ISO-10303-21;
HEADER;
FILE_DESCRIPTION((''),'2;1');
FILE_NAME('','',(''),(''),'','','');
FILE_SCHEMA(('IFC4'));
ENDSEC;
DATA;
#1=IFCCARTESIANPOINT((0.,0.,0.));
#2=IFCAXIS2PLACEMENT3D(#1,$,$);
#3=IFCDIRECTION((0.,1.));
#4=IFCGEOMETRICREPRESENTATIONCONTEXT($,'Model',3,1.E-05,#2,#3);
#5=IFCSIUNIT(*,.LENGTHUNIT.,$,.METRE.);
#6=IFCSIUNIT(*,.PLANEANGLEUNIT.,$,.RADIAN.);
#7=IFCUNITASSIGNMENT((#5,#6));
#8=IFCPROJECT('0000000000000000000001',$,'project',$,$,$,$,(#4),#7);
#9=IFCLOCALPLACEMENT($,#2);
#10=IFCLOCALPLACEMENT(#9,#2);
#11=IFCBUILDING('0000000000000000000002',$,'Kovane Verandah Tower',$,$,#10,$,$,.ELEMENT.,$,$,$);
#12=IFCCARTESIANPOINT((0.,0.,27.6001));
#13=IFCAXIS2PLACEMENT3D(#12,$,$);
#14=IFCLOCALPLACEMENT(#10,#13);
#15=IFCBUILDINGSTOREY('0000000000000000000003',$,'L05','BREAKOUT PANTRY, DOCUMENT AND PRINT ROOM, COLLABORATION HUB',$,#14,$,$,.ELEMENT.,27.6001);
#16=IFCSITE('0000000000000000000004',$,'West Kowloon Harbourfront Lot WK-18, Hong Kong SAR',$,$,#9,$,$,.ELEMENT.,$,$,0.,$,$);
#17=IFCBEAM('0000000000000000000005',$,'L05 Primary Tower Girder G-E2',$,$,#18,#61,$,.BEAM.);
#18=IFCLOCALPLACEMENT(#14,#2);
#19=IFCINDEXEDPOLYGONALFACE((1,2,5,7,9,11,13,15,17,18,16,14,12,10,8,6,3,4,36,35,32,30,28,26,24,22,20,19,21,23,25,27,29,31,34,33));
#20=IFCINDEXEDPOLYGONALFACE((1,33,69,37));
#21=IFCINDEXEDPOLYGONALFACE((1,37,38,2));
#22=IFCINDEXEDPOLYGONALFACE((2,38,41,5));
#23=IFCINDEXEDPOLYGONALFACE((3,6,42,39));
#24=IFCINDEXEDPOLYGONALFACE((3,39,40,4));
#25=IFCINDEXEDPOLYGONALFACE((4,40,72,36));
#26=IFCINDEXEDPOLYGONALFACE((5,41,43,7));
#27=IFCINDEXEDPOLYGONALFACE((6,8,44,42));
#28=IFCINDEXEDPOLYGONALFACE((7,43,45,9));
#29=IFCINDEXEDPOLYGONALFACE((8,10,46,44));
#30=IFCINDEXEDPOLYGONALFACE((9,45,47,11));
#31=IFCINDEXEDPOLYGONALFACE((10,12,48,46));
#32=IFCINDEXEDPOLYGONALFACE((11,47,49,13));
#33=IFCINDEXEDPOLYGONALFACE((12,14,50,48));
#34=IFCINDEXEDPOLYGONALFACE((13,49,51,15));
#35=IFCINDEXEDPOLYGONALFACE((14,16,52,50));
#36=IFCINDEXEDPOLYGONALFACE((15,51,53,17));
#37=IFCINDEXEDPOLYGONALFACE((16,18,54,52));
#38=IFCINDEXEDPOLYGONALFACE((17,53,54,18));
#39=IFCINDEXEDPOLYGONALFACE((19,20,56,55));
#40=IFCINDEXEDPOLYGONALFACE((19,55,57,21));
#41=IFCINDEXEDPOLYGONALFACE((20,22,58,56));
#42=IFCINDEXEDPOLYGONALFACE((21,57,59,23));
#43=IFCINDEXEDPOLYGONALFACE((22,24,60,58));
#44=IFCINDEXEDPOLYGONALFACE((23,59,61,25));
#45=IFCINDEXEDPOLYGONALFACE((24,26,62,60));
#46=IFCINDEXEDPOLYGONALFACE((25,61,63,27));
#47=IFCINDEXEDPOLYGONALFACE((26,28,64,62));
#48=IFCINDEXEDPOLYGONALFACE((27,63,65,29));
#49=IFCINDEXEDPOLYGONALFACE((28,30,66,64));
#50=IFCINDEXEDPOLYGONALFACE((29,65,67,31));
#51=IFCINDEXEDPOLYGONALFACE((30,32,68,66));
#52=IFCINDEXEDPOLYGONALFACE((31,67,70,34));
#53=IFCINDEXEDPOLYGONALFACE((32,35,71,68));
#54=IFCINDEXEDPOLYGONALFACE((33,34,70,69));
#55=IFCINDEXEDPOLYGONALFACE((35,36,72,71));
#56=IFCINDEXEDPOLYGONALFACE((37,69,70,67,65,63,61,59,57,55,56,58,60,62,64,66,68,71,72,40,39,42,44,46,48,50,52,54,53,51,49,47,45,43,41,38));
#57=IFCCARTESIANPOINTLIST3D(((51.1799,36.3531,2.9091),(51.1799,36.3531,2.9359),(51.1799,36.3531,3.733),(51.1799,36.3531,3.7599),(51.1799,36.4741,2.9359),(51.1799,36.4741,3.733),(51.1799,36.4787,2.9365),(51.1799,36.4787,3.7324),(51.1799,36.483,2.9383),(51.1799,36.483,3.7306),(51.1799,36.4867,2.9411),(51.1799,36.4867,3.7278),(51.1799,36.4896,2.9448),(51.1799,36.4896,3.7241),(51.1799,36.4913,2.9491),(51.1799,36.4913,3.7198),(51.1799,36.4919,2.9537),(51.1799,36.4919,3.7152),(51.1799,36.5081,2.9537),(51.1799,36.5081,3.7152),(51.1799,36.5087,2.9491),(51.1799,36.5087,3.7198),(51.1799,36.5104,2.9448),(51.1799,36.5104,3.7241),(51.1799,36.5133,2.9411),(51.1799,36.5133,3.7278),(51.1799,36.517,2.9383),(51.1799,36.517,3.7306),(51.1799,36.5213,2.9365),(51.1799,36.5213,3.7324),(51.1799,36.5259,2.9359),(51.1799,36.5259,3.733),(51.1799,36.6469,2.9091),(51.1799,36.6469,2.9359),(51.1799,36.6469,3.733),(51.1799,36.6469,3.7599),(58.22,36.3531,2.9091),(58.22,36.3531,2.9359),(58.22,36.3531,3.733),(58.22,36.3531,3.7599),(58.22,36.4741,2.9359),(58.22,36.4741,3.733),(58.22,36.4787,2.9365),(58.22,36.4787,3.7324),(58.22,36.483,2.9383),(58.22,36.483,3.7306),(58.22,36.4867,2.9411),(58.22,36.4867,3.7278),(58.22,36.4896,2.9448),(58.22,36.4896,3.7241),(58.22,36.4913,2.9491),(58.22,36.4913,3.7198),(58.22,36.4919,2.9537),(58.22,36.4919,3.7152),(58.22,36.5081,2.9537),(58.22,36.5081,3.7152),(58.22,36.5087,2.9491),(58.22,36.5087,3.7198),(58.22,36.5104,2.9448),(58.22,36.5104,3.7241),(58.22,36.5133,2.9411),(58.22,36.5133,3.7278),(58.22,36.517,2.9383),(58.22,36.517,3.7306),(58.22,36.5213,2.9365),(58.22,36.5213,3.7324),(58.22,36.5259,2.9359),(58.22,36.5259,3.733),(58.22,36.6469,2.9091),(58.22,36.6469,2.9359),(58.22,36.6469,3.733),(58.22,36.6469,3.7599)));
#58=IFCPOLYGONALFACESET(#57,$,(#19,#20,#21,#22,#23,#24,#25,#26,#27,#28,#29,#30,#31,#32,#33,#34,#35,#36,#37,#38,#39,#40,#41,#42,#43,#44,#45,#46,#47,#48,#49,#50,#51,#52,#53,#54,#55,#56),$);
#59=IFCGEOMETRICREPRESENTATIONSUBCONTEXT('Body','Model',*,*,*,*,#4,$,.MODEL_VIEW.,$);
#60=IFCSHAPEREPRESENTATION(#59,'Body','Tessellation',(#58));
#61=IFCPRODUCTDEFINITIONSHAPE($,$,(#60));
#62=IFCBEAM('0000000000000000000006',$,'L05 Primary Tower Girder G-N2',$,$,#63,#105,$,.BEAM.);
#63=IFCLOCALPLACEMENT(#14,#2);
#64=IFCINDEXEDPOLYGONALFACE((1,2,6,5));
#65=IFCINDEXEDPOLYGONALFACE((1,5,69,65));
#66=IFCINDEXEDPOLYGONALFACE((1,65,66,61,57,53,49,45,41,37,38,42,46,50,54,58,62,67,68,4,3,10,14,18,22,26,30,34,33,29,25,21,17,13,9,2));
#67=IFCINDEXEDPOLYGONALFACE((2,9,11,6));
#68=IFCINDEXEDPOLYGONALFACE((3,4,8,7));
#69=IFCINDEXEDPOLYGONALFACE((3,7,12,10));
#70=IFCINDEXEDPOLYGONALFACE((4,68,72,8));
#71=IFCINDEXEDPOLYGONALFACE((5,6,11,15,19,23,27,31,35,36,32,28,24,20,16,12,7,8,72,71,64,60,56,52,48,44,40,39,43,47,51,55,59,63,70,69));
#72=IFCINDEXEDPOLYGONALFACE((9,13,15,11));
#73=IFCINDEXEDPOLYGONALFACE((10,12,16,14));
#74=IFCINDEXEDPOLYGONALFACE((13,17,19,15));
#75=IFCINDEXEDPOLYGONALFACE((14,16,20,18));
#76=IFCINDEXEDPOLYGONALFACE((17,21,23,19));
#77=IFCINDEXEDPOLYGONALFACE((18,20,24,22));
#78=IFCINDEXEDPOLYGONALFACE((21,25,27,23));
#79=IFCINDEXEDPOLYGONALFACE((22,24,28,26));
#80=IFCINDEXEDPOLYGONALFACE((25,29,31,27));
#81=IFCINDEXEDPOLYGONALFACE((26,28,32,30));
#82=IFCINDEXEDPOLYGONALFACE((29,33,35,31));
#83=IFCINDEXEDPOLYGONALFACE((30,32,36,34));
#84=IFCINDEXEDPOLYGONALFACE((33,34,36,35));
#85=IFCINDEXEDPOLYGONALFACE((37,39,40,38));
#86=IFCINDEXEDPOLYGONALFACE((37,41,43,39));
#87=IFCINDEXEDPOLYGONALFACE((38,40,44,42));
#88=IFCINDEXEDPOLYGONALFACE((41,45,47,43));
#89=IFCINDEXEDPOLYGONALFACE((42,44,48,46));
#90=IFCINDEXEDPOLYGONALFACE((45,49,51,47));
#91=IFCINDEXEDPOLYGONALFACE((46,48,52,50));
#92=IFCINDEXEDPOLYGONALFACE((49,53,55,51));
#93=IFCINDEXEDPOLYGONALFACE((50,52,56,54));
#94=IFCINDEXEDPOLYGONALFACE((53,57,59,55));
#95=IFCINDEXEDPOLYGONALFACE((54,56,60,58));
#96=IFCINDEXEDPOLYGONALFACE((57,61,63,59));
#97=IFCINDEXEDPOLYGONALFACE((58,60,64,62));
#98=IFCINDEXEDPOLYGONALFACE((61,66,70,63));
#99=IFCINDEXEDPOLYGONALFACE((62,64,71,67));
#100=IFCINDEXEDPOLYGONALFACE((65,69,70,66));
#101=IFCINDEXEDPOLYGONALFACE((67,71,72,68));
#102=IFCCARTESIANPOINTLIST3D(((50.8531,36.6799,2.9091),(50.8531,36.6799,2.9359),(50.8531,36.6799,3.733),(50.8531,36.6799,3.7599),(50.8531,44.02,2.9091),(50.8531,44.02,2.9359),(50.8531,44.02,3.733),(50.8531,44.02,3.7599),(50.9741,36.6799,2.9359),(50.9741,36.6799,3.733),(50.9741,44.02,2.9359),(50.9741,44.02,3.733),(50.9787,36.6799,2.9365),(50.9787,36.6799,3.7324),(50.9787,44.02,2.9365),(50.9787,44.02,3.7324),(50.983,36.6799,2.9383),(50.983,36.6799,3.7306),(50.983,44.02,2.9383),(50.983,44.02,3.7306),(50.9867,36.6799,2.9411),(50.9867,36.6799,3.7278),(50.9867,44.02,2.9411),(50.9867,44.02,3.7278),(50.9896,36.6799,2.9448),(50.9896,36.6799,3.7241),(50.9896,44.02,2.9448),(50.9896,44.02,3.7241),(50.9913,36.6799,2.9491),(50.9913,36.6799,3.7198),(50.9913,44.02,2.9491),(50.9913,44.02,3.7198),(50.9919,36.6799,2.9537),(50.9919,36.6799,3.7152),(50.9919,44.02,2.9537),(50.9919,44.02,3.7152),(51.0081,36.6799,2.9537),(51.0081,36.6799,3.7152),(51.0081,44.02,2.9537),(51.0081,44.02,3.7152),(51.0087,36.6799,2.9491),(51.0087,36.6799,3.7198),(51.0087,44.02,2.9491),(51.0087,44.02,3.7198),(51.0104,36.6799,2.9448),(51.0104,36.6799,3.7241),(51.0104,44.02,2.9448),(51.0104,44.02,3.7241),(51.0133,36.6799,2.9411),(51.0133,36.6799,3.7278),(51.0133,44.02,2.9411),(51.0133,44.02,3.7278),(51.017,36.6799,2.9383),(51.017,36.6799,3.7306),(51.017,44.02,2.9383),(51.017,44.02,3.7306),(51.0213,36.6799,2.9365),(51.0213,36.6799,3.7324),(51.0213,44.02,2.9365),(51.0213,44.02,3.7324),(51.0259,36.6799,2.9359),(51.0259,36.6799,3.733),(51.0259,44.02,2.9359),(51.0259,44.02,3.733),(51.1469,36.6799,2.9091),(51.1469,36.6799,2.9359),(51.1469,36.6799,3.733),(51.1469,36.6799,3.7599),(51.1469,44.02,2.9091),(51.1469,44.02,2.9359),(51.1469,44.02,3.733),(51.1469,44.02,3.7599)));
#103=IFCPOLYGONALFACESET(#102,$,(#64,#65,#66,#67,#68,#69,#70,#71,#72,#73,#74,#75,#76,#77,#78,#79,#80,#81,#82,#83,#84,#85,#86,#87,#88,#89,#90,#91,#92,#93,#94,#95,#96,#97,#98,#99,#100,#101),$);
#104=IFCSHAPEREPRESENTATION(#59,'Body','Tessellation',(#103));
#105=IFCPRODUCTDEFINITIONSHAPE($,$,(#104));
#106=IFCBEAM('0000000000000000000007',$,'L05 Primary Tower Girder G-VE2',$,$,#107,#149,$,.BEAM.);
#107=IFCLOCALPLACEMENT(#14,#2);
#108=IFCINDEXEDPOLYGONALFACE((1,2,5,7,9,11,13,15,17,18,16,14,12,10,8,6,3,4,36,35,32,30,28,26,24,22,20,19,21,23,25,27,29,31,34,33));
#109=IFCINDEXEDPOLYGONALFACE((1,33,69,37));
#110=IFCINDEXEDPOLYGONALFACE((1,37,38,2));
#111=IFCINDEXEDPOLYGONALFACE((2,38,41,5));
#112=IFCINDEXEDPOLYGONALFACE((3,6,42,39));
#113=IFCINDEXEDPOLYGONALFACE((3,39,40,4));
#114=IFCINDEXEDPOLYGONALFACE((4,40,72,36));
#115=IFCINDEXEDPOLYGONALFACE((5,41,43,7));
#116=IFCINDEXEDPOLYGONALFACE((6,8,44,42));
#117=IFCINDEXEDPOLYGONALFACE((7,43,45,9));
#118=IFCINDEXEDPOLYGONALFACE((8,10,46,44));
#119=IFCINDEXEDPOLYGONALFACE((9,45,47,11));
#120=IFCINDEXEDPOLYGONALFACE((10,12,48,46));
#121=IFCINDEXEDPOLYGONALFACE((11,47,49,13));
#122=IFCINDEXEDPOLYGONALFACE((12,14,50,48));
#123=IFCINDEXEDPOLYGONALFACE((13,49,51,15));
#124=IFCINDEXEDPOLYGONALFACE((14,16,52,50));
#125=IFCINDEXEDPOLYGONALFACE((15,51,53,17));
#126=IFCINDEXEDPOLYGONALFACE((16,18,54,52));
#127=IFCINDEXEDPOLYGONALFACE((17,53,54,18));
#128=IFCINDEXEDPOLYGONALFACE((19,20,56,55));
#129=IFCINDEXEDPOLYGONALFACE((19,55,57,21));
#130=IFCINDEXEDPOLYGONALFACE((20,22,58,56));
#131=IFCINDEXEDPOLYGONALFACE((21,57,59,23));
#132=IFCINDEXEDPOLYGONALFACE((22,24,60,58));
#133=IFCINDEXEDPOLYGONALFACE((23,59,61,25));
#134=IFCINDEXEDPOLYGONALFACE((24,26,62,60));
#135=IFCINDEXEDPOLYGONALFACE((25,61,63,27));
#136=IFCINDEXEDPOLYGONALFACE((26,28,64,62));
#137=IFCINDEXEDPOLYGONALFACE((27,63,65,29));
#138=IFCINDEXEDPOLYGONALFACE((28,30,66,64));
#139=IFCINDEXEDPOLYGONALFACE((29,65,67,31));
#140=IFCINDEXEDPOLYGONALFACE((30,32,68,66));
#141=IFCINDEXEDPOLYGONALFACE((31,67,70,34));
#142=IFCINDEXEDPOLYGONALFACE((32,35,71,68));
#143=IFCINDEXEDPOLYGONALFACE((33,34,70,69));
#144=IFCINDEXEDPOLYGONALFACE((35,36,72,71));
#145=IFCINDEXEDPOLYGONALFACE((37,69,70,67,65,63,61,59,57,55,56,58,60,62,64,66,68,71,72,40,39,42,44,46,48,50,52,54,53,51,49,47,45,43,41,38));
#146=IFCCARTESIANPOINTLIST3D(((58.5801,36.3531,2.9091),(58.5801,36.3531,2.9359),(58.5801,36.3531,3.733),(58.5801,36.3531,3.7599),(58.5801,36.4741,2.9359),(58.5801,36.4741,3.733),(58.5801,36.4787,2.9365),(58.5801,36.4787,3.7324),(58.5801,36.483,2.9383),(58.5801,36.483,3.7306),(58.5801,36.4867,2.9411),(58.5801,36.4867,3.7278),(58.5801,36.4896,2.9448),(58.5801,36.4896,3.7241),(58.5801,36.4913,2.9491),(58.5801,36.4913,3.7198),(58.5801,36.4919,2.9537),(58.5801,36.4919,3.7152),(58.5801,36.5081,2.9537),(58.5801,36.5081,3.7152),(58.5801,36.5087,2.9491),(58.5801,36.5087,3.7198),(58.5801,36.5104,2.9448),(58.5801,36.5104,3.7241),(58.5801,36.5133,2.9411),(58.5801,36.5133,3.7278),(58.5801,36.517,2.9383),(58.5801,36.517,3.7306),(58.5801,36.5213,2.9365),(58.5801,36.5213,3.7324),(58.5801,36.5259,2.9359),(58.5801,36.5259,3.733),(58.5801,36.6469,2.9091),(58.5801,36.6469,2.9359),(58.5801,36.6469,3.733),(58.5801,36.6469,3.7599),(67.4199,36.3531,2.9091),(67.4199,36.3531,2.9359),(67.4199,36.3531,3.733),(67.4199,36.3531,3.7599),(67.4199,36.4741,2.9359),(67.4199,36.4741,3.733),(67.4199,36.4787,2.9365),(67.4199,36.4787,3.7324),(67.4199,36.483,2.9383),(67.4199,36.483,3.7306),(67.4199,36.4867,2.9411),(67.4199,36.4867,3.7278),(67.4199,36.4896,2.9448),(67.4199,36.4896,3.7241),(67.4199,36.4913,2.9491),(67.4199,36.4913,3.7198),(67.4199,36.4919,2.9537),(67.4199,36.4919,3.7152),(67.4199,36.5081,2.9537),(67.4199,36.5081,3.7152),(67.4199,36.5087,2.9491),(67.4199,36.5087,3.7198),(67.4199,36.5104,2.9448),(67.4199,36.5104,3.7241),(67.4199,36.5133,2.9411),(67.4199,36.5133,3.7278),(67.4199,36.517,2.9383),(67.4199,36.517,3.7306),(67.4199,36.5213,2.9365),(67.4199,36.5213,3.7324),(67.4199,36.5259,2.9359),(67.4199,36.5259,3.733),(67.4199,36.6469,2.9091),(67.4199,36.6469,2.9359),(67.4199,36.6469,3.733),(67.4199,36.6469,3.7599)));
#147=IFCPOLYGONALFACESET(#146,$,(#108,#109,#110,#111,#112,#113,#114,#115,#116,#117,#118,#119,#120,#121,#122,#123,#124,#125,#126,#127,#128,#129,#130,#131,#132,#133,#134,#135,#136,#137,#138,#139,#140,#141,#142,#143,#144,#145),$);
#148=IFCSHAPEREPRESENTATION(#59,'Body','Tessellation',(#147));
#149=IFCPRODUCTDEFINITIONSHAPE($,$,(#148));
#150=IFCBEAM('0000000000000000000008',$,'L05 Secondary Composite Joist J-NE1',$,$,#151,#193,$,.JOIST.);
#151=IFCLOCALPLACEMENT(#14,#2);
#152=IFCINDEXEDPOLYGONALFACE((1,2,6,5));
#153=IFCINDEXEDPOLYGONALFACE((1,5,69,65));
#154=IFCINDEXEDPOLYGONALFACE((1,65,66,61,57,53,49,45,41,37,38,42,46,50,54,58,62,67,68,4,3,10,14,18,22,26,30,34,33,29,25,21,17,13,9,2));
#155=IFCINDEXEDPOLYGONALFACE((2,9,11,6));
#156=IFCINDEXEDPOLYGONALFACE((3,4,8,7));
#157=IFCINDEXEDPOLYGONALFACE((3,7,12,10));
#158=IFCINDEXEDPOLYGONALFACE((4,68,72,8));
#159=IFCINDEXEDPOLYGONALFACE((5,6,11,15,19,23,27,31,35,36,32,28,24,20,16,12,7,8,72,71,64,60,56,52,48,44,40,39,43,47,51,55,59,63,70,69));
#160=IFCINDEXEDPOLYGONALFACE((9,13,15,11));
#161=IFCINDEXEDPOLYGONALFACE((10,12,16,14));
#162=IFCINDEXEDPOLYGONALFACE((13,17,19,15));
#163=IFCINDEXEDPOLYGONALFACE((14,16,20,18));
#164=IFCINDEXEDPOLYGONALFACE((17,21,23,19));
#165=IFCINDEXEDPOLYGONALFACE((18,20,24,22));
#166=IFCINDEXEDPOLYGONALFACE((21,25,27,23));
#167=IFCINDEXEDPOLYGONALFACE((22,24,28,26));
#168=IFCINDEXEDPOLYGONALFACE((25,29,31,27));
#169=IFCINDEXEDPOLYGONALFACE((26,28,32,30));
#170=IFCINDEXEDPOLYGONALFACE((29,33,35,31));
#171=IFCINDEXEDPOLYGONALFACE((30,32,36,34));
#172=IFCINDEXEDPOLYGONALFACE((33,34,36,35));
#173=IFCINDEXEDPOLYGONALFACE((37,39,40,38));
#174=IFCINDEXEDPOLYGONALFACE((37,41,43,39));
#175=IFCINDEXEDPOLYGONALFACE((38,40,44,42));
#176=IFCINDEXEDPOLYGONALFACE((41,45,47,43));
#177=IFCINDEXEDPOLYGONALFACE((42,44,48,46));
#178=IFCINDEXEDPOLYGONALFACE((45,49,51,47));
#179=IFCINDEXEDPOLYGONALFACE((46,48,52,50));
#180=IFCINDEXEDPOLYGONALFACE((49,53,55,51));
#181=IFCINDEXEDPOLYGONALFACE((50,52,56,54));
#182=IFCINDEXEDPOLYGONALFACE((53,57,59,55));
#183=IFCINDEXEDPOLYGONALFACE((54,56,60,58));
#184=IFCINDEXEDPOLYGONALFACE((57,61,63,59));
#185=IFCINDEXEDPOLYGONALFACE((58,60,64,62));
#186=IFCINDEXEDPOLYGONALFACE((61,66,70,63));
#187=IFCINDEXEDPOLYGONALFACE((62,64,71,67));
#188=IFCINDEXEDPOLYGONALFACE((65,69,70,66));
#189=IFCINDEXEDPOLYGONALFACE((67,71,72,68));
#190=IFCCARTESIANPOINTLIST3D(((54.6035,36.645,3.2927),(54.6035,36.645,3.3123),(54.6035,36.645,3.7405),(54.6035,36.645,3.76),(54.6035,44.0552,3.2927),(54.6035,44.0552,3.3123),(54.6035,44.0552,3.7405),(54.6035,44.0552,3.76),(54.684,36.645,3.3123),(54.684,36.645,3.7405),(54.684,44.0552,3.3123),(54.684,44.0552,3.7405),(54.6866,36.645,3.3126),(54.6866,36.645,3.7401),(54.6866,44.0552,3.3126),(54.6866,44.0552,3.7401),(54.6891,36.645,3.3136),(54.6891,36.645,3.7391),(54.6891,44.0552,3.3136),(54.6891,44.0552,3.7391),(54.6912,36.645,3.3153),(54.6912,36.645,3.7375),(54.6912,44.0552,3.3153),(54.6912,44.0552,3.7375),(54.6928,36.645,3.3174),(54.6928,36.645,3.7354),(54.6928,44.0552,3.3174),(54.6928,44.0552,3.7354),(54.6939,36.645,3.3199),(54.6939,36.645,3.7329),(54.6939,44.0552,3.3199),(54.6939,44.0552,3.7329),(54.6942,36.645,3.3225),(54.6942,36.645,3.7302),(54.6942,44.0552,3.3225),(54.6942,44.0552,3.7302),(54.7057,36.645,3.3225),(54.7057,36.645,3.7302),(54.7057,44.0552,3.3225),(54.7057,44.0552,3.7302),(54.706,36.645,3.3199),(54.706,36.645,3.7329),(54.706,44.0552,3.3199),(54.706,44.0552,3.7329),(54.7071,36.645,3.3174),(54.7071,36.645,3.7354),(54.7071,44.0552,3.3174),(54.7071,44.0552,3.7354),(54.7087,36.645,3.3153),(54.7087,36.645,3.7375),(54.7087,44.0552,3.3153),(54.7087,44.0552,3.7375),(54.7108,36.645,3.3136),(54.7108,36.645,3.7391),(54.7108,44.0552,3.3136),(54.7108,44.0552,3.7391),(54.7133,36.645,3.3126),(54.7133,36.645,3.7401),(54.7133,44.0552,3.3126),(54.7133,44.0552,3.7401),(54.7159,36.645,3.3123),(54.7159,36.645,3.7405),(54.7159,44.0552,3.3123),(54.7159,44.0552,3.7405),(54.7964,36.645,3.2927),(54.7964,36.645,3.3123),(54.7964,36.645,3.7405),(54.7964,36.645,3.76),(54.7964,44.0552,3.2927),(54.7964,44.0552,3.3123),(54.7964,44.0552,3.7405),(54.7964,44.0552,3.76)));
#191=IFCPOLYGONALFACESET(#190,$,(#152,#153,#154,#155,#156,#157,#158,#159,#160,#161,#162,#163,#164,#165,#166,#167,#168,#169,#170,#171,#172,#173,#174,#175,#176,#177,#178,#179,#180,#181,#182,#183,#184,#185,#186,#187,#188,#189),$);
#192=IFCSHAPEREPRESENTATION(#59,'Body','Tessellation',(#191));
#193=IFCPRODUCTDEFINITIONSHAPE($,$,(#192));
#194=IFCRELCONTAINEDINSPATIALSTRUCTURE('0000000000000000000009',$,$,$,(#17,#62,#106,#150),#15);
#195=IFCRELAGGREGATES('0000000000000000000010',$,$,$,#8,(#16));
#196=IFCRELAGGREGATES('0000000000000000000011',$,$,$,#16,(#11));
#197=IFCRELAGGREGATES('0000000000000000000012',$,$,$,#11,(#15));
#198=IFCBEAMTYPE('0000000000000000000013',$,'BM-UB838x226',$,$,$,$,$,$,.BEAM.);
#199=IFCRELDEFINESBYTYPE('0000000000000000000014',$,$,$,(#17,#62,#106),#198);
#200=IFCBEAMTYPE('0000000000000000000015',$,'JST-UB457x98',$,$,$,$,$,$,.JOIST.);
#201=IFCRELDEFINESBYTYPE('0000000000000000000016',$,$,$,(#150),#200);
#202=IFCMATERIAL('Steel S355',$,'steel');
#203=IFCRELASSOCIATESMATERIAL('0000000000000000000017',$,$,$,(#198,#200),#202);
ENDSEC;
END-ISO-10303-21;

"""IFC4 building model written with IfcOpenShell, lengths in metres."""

from ifc_helpers import new_model, si_unit, direction, frame, origin, origin_2d, place, context, subcontext, project, spatial, i_section, extrude, material, material_profile, profile_set, type_object, element, save


model = new_model("IFC4")

# Units and contexts
model_context = context("Model", 3, precision=1e-05, world=origin(), true_north=direction((0.0, 1.0)))
body_context = subcontext(model_context, "Body", "Model", "MODEL_VIEW")
ifc_project = project(units=[si_unit("LENGTHUNIT", "METRE"), si_unit("PLANEANGLEUNIT", "RADIAN")], contexts=[model_context])

# Site, building, storey
site_placement = place(None, origin())
site = spatial("IfcSite", under=ifc_project, at=site_placement, Name="West Kowloon Harbourfront Lot WK-18, Hong Kong SAR", CompositionType="ELEMENT", RefElevation=0.0)
building_placement = place(site_placement, origin())
building = spatial("IfcBuilding", under=site, at=building_placement, Name="Kovane Verandah Tower", CompositionType="ELEMENT")
storey_placement = place(building_placement, frame((0.0, 0.0, 27.6001)))
storey = spatial("IfcBuildingStorey", under=building, at=storey_placement, Name="L05", Description="BREAKOUT PANTRY, DOCUMENT AND PRINT ROOM, COLLABORATION HUB", CompositionType="ELEMENT", Elevation=27.6001)

# Beams
ifc_material_1 = material(Name="Steel S355", Category="steel")
ifc_material_profile_1 = material_profile(ifc_material_1, i_section(OverallWidth=0.2937, OverallDepth=0.8508, WebThickness=0.0161, FlangeThickness=0.0269, FilletRadius=0.0178, at=origin_2d()), Name="UB838x292x226")
ifc_profile_set_1 = profile_set([ifc_material_profile_1], Name="Steel S355")
beam_type_1 = type_object("IfcBeamType", Name="BM-UB838x226", PredefinedType="BEAM", material=ifc_profile_set_1)
beam_1_placement = place(storey_placement, frame((51.1799, 36.5, 3.3345), z_axis=(1.0, 0.0, 0.0), x_axis=(0.0, 1.0, 0.0)))
element("IfcBeam", 1, at=beam_1_placement, inside=storey, type_object=beam_type_1, Name="L05 Primary Tower Girder G-E2", PredefinedType="BEAM", context=body_context, shape_type="SweptSolid", body=[
    extrude(i_section(OverallWidth=0.2937, OverallDepth=0.8508, WebThickness=0.0161, FlangeThickness=0.0269, FilletRadius=0.0178, at=origin_2d()), origin(), (0.0, 0.0, 1.0), 7.04),
])
beam_2_placement = place(storey_placement, frame((51.0, 36.6799, 3.3345), z_axis=(0.0, 1.0, 0.0), x_axis=(-1.0, 0.0, 0.0)))
element("IfcBeam", 2, at=beam_2_placement, inside=storey, type_object=beam_type_1, Name="L05 Primary Tower Girder G-N2", PredefinedType="BEAM", context=body_context, shape_type="SweptSolid", body=[
    extrude(i_section(OverallWidth=0.2937, OverallDepth=0.8508, WebThickness=0.0161, FlangeThickness=0.0269, FilletRadius=0.0178, at=origin_2d()), origin(), (0.0, 0.0, 1.0), 7.3401),
])
beam_3_placement = place(storey_placement, frame((58.5801, 36.5, 3.3345), z_axis=(1.0, 0.0, 0.0), x_axis=(0.0, 1.0, 0.0)))
element("IfcBeam", 3, at=beam_3_placement, inside=storey, type_object=beam_type_1, Name="L05 Primary Tower Girder G-VE2", PredefinedType="BEAM", context=body_context, shape_type="SweptSolid", body=[
    extrude(i_section(OverallWidth=0.2937, OverallDepth=0.8508, WebThickness=0.0161, FlangeThickness=0.0269, FilletRadius=0.0178, at=origin_2d()), origin(), (0.0, 0.0, 1.0), 8.8398),
])
ifc_material_profile_2 = material_profile(ifc_material_1, i_section(OverallWidth=0.1929, OverallDepth=0.4673, WebThickness=0.0115, FlangeThickness=0.0195, FilletRadius=0.0103, at=origin_2d()), Name="UB457x191x98")
ifc_profile_set_2 = profile_set([ifc_material_profile_2], Name="Steel S355")
beam_type_2 = type_object("IfcBeamType", Name="JST-UB457x98", PredefinedType="JOIST", material=ifc_profile_set_2)
beam_4_placement = place(storey_placement, frame((54.7, 36.645, 3.5264), z_axis=(0.0, 1.0, 0.0), x_axis=(-1.0, 0.0, 0.0)))
element("IfcBeam", 4, at=beam_4_placement, inside=storey, type_object=beam_type_2, Name="L05 Secondary Composite Joist J-NE1", PredefinedType="JOIST", context=body_context, shape_type="SweptSolid", body=[
    extrude(i_section(OverallWidth=0.1929, OverallDepth=0.4673, WebThickness=0.0115, FlangeThickness=0.0195, FilletRadius=0.0103, at=origin_2d()), origin(), (0.0, 0.0, 1.0), 7.4102),
])

save(model, "model.ifc")
